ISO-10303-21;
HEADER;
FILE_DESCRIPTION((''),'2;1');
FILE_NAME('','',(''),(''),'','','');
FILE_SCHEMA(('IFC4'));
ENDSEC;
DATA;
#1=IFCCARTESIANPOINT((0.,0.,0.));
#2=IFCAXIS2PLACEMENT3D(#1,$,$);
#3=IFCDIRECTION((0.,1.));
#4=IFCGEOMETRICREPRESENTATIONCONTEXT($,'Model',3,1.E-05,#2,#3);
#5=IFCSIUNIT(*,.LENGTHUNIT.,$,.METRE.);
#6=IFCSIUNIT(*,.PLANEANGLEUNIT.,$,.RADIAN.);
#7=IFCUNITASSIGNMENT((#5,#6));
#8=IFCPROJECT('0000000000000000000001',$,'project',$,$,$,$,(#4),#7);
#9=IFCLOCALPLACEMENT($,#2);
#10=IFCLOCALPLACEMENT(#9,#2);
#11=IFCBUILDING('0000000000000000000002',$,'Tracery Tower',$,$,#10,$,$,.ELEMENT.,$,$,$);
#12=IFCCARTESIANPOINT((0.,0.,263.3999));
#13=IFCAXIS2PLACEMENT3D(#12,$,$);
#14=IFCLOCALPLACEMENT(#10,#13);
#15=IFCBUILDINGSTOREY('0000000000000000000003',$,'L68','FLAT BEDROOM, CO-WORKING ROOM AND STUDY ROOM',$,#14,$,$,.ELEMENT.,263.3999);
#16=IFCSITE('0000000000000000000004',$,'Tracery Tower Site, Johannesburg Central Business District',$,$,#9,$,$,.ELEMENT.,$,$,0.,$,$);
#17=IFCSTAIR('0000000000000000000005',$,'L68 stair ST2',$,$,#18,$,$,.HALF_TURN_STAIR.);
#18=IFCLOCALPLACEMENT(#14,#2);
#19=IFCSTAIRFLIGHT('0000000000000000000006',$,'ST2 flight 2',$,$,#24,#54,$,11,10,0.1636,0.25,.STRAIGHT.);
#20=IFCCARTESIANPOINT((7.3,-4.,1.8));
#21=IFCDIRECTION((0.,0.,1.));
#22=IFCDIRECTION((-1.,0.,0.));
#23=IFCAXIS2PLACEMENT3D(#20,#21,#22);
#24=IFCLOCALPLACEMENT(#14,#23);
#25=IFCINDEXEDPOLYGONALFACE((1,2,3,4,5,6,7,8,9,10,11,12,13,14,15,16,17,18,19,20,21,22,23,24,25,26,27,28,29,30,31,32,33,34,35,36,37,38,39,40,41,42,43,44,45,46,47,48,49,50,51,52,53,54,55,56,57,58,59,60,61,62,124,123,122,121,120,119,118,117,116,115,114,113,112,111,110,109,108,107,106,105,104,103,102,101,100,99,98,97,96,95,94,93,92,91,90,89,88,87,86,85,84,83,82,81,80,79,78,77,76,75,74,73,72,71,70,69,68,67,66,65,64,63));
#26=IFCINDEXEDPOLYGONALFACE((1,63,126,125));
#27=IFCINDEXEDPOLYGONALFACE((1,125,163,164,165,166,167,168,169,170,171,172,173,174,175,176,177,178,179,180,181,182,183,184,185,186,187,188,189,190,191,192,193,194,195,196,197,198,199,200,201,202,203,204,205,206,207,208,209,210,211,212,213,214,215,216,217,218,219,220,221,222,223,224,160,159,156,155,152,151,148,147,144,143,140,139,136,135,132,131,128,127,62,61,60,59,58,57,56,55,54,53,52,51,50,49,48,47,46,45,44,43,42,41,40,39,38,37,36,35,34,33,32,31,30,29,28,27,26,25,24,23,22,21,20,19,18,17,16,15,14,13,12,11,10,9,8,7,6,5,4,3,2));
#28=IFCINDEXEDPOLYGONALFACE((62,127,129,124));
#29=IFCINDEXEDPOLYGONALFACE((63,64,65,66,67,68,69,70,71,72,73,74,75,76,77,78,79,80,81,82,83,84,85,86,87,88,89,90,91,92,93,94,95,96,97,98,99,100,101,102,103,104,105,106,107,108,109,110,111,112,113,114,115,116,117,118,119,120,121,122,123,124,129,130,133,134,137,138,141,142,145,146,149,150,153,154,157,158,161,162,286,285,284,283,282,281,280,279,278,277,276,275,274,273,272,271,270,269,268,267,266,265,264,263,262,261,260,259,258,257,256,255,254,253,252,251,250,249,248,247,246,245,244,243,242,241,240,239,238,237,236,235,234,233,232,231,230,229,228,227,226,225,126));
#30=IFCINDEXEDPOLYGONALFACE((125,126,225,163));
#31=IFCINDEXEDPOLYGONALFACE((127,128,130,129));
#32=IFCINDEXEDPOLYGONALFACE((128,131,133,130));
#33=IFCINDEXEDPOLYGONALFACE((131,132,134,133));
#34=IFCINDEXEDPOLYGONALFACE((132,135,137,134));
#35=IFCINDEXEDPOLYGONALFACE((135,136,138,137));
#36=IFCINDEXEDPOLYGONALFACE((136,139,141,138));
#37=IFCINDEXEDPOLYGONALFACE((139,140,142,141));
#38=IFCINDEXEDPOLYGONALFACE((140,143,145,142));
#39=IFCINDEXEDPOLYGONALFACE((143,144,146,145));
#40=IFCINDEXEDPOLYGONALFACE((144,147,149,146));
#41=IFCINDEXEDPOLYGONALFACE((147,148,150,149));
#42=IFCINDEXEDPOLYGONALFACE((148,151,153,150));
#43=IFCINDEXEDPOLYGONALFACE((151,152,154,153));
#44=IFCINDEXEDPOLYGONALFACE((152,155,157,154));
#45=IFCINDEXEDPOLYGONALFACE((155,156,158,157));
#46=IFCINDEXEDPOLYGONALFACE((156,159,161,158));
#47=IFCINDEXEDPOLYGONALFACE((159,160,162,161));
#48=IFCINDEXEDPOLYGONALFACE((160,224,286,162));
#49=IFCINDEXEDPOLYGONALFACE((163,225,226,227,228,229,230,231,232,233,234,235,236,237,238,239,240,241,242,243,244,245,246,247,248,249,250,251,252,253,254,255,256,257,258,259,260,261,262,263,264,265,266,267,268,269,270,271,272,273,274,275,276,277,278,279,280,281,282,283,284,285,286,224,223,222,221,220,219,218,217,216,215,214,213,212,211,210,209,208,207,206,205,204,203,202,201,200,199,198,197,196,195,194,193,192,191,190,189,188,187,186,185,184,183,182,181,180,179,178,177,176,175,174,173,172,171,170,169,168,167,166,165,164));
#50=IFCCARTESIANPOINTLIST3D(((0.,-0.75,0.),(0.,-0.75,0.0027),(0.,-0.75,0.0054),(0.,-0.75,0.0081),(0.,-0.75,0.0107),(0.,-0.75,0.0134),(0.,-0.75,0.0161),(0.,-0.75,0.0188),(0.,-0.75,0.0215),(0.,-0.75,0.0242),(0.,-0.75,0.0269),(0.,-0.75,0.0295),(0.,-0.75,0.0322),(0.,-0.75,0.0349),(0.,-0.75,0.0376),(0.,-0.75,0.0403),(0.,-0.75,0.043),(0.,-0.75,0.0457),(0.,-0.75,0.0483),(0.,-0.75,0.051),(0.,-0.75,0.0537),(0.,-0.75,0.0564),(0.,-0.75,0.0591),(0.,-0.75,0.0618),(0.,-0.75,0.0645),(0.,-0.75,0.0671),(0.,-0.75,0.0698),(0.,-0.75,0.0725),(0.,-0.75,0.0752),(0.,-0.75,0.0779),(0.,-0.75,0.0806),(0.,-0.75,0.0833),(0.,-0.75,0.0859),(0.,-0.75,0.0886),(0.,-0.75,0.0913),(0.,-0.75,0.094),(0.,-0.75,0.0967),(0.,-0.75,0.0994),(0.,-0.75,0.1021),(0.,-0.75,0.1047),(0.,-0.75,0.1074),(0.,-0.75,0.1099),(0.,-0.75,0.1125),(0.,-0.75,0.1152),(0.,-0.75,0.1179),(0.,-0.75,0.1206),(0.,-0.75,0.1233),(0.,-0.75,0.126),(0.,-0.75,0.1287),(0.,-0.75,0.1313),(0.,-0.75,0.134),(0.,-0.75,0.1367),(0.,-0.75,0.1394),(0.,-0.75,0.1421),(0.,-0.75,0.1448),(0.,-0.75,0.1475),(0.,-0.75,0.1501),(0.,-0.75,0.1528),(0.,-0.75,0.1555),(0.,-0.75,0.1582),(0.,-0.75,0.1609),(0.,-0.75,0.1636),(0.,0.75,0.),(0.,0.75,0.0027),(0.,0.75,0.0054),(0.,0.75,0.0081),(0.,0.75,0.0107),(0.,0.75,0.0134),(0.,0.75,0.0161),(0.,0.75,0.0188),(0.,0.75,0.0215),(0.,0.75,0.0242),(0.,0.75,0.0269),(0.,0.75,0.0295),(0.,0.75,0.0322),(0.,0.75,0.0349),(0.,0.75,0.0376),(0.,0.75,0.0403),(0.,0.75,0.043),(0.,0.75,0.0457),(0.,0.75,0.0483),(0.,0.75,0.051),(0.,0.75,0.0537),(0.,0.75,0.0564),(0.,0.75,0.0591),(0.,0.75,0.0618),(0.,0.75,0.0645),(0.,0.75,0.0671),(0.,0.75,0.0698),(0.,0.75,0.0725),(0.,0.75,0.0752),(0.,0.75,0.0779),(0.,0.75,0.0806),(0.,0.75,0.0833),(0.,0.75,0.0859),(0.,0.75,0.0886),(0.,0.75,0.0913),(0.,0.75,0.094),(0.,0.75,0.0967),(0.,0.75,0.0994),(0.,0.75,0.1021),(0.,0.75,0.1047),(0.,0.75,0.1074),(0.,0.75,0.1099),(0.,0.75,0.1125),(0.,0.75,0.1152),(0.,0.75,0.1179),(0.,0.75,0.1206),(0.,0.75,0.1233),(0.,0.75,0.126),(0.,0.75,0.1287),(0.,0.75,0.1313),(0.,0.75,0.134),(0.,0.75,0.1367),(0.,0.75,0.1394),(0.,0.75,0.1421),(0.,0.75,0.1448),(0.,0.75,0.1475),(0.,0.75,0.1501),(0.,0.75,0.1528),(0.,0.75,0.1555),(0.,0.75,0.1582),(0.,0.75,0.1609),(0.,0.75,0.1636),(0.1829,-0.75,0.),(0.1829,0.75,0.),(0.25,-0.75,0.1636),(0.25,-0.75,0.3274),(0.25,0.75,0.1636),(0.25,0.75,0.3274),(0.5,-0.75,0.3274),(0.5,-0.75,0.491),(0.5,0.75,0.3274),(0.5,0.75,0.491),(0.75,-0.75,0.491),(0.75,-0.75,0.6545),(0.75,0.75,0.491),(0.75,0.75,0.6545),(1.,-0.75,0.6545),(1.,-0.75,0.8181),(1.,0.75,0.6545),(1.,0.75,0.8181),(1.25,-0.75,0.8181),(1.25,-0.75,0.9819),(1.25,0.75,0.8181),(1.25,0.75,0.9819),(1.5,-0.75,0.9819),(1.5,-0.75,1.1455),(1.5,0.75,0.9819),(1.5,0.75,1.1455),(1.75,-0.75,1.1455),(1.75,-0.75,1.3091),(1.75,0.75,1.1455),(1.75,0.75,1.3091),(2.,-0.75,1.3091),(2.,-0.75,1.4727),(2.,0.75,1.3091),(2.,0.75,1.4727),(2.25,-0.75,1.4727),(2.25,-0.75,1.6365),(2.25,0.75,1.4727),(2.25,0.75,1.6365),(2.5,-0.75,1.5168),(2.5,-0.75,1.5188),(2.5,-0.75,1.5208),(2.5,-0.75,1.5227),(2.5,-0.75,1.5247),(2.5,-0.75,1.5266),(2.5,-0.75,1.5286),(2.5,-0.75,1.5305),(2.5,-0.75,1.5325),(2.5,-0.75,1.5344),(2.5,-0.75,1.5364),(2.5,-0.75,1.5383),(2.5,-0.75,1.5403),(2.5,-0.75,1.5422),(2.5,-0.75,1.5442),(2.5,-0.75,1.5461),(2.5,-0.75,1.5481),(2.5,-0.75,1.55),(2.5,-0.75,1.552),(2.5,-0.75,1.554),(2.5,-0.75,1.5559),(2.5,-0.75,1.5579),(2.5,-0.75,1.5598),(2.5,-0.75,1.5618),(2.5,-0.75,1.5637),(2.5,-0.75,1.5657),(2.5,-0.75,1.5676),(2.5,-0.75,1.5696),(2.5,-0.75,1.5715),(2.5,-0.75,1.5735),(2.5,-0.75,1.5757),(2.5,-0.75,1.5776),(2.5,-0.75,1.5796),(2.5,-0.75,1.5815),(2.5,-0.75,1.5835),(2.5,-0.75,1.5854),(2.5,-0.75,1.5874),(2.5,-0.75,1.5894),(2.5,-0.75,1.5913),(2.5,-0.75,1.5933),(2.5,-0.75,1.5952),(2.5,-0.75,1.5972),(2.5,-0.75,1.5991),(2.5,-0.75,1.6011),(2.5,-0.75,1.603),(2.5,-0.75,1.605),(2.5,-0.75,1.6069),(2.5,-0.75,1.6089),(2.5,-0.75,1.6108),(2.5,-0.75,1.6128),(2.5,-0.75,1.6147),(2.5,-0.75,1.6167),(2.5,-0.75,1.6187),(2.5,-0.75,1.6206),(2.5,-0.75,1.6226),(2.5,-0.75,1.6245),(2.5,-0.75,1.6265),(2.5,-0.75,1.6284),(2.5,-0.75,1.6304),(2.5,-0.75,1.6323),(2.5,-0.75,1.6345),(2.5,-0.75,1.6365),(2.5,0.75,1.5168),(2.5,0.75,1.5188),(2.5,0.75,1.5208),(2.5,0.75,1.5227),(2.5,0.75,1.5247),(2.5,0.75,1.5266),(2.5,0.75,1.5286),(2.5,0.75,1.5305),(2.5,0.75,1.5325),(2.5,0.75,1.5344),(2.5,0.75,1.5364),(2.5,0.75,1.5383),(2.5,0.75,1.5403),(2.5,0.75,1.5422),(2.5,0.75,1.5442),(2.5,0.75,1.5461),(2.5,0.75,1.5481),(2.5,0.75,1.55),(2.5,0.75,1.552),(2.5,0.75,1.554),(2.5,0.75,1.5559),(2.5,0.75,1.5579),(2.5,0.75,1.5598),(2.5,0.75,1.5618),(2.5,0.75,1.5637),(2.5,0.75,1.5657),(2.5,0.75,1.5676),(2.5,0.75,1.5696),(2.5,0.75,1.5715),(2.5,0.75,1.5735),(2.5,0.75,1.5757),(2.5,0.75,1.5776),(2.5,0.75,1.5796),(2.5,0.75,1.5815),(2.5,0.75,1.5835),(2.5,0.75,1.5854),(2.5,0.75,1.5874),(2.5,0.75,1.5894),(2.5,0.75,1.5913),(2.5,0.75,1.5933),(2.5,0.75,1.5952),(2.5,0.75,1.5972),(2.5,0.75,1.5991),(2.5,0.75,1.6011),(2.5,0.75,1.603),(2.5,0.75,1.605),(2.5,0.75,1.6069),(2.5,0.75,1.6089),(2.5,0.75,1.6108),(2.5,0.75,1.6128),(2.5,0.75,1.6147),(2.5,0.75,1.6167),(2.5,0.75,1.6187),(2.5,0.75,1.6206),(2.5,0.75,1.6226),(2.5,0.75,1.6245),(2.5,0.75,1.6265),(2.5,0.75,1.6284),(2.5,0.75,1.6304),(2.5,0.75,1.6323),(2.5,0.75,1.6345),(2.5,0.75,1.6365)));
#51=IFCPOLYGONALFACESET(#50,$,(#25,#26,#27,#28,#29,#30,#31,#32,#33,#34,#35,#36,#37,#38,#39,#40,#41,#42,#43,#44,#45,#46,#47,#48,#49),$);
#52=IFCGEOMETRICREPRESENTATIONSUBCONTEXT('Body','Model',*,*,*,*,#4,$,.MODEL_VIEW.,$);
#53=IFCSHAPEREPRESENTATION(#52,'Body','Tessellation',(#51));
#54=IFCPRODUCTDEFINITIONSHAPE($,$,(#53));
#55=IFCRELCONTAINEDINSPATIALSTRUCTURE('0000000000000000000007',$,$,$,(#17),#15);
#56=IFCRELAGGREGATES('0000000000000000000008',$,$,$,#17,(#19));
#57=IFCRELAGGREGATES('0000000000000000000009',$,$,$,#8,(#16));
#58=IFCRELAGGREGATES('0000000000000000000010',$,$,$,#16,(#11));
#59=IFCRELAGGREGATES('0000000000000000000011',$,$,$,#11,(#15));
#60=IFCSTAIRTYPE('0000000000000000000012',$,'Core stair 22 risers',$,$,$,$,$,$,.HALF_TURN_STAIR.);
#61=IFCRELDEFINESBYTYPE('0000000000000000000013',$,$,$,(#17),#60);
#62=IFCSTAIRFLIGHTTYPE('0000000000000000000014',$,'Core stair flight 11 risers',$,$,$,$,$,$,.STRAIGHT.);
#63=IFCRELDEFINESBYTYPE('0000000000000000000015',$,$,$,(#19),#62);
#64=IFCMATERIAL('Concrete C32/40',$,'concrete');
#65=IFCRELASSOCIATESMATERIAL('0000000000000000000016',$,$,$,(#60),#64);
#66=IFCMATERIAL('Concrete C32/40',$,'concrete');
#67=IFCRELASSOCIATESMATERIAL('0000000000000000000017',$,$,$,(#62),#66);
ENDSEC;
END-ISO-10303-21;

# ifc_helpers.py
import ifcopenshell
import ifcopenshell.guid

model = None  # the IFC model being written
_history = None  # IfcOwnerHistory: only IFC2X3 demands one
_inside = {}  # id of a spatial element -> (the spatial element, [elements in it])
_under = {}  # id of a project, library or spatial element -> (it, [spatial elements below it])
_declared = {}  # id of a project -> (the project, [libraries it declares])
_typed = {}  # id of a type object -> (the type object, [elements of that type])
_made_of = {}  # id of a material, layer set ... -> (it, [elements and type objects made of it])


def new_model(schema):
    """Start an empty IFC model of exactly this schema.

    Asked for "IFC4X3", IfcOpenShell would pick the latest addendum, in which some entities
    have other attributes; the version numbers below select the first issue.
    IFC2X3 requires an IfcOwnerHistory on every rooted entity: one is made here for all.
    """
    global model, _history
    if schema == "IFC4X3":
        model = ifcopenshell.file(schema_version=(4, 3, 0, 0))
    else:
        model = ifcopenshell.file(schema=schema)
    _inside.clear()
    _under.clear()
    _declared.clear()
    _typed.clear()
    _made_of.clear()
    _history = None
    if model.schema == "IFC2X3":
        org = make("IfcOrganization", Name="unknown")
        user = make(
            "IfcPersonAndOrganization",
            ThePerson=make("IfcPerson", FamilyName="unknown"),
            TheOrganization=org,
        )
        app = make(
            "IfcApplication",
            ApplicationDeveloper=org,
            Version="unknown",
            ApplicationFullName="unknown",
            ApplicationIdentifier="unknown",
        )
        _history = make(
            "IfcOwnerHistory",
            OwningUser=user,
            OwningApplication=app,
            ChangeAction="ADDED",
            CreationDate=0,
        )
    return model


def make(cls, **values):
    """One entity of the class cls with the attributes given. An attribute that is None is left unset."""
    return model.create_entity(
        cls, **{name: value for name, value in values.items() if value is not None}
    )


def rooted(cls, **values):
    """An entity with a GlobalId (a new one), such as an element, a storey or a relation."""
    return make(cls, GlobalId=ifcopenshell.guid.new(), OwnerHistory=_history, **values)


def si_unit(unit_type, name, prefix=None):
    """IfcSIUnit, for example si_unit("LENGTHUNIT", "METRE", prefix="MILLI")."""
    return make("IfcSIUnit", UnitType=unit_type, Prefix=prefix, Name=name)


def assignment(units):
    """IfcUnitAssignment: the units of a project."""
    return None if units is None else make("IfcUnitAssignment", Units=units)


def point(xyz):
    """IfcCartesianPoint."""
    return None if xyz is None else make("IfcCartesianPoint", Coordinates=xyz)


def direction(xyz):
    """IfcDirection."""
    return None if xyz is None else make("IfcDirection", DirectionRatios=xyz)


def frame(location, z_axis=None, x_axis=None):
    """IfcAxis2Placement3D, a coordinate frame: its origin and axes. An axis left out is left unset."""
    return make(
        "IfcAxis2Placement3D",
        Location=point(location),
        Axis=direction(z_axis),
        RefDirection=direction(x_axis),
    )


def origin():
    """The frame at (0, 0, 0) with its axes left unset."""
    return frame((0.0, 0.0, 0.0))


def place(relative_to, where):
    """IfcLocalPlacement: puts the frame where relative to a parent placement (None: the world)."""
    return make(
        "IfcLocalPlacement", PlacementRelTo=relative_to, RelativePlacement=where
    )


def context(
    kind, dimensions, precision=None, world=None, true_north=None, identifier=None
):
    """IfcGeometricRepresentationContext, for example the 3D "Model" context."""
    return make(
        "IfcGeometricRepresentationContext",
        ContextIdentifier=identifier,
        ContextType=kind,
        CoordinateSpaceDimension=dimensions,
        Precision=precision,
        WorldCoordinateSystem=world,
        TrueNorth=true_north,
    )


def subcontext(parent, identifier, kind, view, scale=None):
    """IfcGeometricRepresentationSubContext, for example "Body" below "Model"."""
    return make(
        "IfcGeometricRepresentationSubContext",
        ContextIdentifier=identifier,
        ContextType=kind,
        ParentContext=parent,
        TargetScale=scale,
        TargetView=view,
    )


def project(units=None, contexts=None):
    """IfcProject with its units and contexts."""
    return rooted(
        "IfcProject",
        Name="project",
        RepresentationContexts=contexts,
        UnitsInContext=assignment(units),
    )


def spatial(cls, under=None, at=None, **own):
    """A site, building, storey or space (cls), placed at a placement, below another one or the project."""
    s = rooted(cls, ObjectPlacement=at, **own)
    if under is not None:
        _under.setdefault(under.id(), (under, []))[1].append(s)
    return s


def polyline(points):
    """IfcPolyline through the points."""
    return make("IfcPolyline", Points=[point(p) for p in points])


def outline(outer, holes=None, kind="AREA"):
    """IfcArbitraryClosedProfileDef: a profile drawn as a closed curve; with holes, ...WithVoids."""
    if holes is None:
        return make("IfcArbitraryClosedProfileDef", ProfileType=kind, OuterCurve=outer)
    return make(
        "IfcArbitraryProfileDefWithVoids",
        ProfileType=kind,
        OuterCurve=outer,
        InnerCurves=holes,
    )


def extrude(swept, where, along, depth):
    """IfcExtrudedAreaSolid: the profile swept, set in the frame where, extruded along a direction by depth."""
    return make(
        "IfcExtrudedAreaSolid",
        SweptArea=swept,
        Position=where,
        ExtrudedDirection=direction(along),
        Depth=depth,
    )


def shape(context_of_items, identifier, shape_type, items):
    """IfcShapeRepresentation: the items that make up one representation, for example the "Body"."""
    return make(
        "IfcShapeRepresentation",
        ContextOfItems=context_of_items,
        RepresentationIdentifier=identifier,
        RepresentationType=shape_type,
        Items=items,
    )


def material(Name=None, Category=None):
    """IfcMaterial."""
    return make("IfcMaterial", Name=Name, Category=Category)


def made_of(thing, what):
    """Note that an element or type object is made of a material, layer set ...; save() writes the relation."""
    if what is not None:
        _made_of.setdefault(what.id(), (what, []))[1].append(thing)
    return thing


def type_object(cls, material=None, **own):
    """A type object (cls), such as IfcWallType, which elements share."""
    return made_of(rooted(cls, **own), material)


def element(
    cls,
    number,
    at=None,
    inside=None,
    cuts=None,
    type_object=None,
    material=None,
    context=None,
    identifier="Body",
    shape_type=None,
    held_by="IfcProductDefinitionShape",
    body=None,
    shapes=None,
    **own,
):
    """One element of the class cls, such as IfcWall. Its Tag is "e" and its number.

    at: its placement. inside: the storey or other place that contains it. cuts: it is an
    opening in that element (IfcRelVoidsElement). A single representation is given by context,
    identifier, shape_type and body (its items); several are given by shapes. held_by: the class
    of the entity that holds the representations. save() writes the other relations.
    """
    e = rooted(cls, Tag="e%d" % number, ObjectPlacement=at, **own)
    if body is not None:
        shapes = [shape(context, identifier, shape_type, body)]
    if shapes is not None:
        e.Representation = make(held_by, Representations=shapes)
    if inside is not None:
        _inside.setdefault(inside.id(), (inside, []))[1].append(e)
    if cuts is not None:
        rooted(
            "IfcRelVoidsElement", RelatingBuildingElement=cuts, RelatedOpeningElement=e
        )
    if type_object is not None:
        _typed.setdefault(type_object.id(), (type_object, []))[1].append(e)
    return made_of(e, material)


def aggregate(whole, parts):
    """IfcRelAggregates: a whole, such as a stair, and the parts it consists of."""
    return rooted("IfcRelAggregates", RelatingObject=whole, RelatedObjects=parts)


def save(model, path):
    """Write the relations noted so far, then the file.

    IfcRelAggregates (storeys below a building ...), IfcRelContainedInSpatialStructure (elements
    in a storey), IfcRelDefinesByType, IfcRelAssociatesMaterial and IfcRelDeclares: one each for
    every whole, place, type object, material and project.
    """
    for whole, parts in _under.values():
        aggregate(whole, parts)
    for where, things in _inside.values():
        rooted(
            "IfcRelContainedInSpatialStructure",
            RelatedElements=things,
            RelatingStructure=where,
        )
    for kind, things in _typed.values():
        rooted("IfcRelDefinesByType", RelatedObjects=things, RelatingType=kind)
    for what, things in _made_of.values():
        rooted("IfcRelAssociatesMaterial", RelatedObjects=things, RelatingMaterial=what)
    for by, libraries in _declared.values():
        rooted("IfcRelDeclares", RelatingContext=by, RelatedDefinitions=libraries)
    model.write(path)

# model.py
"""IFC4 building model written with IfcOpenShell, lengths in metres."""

from ifc_helpers import new_model, si_unit, direction, frame, origin, place, context, subcontext, project, spatial, polyline, outline, extrude, material, type_object, element, aggregate, save


model = new_model("IFC4")

# Units and contexts
model_context = context("Model", 3, precision=1e-05, world=origin(), true_north=direction((0.0, 1.0)))
body_context = subcontext(model_context, "Body", "Model", "MODEL_VIEW")
ifc_project = project(units=[si_unit("LENGTHUNIT", "METRE"), si_unit("PLANEANGLEUNIT", "RADIAN")], contexts=[model_context])

# Site, building, storey
site_placement = place(None, origin())
site = spatial("IfcSite", under=ifc_project, at=site_placement, Name="Tracery Tower Site, Johannesburg Central Business District", CompositionType="ELEMENT", RefElevation=0.0)
building_placement = place(site_placement, origin())
building = spatial("IfcBuilding", under=site, at=building_placement, Name="Tracery Tower", CompositionType="ELEMENT")
storey_placement = place(building_placement, frame((0.0, 0.0, 263.3999)))
storey = spatial("IfcBuildingStorey", under=building, at=storey_placement, Name="L68", Description="FLAT BEDROOM, CO-WORKING ROOM AND STUDY ROOM", CompositionType="ELEMENT", Elevation=263.3999)

# Stair, stair flight
ifc_material_1 = material(Name="Concrete C32/40", Category="concrete")
stair_type = type_object("IfcStairType", Name="Core stair 22 risers", PredefinedType="HALF_TURN_STAIR", material=ifc_material_1)
stair_placement = place(storey_placement, origin())
stair = element("IfcStair", 1, at=stair_placement, inside=storey, type_object=stair_type, Name="L68 stair ST2", PredefinedType="HALF_TURN_STAIR")
ifc_material_2 = material(Name="Concrete C32/40", Category="concrete")
stair_flight_type = type_object("IfcStairFlightType", Name="Core stair flight 11 risers", PredefinedType="STRAIGHT", material=ifc_material_2)
stair_flight_placement = place(storey_placement, frame((7.3, -4.0, 1.8), z_axis=(0.0, 0.0, 1.0), x_axis=(-1.0, 0.0, 0.0)))
stair_flight = element("IfcStairFlight", 2, at=stair_flight_placement, type_object=stair_flight_type, Name="ST2 flight 2", NumberOfRisers=11, NumberOfTreads=10, PredefinedType="STRAIGHT", RiserHeight=0.1636, TreadLength=0.25, context=body_context, shape_type="SweptSolid", body=[
    extrude(outline(polyline([(0.0, 0.0), (0.0, 0.0027), (0.0, 0.0054), (0.0, 0.0081), (0.0, 0.0107), (0.0, 0.0134), (0.0, 0.0161), (0.0, 0.0188), (0.0, 0.0215), (0.0, 0.0242), (0.0, 0.0269), (0.0, 0.0295), (0.0, 0.0322), (0.0, 0.0349), (0.0, 0.0376), (0.0, 0.0403), (0.0, 0.043), (0.0, 0.0457), (0.0, 0.0483), (0.0, 0.051), (0.0, 0.0537), (0.0, 0.0564), (0.0, 0.0591), (0.0, 0.0618), (0.0, 0.0645), (0.0, 0.0671), (0.0, 0.0698), (0.0, 0.0725), (0.0, 0.0752), (0.0, 0.0779), (0.0, 0.0806), (0.0, 0.0833), (0.0, 0.0859), (0.0, 0.0886), (0.0, 0.0913), (0.0, 0.094), (0.0, 0.0967), (0.0, 0.0994), (0.0, 0.1021), (0.0, 0.1047), (0.0, 0.1074), (0.0, 0.1099), (0.0, 0.1125), (0.0, 0.1152), (0.0, 0.1179), (0.0, 0.1206), (0.0, 0.1233), (0.0, 0.126), (0.0, 0.1287), (0.0, 0.1313), (0.0, 0.134), (0.0, 0.1367), (0.0, 0.1394), (0.0, 0.1421), (0.0, 0.1448), (0.0, 0.1475), (0.0, 0.1501), (0.0, 0.1528), (0.0, 0.1555), (0.0, 0.1582), (0.0, 0.1609), (0.0, 0.1636), (0.25, 0.1636), (0.25, 0.3274), (0.5, 0.3274), (0.5, 0.491), (0.75, 0.491), (0.75, 0.6545), (1.0, 0.6545), (1.0, 0.8181), (1.25, 0.8181), (1.25, 0.9819), (1.5, 0.9819), (1.5, 1.1455), (1.75, 1.1455), (1.75, 1.3091), (2.0, 1.3091), (2.0, 1.4727), (2.25, 1.4727), (2.25, 1.6365), (2.5, 1.6365), (2.5, 1.6345), (2.5, 1.6323), (2.5, 1.6304), (2.5, 1.6284), (2.5, 1.6265), (2.5, 1.6245), (2.5, 1.6226), (2.5, 1.6206), (2.5, 1.6187), (2.5, 1.6167), (2.5, 1.6147), (2.5, 1.6128), (2.5, 1.6108), (2.5, 1.6089), (2.5, 1.6069), (2.5, 1.605), (2.5, 1.603), (2.5, 1.6011), (2.5, 1.5991), (2.5, 1.5972), (2.5, 1.5952), (2.5, 1.5933), (2.5, 1.5913), (2.5, 1.5894), (2.5, 1.5874), (2.5, 1.5854), (2.5, 1.5835), (2.5, 1.5815), (2.5, 1.5796), (2.5, 1.5776), (2.5, 1.5757), (2.5, 1.5735), (2.5, 1.5715), (2.5, 1.5696), (2.5, 1.5676), (2.5, 1.5657), (2.5, 1.5637), (2.5, 1.5618), (2.5, 1.5598), (2.5, 1.5579), (2.5, 1.5559), (2.5, 1.554), (2.5, 1.552), (2.5, 1.55), (2.5, 1.5481), (2.5, 1.5461), (2.5, 1.5442), (2.5, 1.5422), (2.5, 1.5403), (2.5, 1.5383), (2.5, 1.5364), (2.5, 1.5344), (2.5, 1.5325), (2.5, 1.5305), (2.5, 1.5286), (2.5, 1.5266), (2.5, 1.5247), (2.5, 1.5227), (2.5, 1.5208), (2.5, 1.5188), (2.5, 1.5168), (0.1829, 0.0), (0.0, 0.0)])), frame((0.0, 0.75, 0.0), z_axis=(0.0, -1.0, 0.0), x_axis=(1.0, 0.0, 0.0)), (0.0, 0.0, 1.0), 1.5),
])
aggregate(stair, [stair_flight])

save(model, "model.ifc")
